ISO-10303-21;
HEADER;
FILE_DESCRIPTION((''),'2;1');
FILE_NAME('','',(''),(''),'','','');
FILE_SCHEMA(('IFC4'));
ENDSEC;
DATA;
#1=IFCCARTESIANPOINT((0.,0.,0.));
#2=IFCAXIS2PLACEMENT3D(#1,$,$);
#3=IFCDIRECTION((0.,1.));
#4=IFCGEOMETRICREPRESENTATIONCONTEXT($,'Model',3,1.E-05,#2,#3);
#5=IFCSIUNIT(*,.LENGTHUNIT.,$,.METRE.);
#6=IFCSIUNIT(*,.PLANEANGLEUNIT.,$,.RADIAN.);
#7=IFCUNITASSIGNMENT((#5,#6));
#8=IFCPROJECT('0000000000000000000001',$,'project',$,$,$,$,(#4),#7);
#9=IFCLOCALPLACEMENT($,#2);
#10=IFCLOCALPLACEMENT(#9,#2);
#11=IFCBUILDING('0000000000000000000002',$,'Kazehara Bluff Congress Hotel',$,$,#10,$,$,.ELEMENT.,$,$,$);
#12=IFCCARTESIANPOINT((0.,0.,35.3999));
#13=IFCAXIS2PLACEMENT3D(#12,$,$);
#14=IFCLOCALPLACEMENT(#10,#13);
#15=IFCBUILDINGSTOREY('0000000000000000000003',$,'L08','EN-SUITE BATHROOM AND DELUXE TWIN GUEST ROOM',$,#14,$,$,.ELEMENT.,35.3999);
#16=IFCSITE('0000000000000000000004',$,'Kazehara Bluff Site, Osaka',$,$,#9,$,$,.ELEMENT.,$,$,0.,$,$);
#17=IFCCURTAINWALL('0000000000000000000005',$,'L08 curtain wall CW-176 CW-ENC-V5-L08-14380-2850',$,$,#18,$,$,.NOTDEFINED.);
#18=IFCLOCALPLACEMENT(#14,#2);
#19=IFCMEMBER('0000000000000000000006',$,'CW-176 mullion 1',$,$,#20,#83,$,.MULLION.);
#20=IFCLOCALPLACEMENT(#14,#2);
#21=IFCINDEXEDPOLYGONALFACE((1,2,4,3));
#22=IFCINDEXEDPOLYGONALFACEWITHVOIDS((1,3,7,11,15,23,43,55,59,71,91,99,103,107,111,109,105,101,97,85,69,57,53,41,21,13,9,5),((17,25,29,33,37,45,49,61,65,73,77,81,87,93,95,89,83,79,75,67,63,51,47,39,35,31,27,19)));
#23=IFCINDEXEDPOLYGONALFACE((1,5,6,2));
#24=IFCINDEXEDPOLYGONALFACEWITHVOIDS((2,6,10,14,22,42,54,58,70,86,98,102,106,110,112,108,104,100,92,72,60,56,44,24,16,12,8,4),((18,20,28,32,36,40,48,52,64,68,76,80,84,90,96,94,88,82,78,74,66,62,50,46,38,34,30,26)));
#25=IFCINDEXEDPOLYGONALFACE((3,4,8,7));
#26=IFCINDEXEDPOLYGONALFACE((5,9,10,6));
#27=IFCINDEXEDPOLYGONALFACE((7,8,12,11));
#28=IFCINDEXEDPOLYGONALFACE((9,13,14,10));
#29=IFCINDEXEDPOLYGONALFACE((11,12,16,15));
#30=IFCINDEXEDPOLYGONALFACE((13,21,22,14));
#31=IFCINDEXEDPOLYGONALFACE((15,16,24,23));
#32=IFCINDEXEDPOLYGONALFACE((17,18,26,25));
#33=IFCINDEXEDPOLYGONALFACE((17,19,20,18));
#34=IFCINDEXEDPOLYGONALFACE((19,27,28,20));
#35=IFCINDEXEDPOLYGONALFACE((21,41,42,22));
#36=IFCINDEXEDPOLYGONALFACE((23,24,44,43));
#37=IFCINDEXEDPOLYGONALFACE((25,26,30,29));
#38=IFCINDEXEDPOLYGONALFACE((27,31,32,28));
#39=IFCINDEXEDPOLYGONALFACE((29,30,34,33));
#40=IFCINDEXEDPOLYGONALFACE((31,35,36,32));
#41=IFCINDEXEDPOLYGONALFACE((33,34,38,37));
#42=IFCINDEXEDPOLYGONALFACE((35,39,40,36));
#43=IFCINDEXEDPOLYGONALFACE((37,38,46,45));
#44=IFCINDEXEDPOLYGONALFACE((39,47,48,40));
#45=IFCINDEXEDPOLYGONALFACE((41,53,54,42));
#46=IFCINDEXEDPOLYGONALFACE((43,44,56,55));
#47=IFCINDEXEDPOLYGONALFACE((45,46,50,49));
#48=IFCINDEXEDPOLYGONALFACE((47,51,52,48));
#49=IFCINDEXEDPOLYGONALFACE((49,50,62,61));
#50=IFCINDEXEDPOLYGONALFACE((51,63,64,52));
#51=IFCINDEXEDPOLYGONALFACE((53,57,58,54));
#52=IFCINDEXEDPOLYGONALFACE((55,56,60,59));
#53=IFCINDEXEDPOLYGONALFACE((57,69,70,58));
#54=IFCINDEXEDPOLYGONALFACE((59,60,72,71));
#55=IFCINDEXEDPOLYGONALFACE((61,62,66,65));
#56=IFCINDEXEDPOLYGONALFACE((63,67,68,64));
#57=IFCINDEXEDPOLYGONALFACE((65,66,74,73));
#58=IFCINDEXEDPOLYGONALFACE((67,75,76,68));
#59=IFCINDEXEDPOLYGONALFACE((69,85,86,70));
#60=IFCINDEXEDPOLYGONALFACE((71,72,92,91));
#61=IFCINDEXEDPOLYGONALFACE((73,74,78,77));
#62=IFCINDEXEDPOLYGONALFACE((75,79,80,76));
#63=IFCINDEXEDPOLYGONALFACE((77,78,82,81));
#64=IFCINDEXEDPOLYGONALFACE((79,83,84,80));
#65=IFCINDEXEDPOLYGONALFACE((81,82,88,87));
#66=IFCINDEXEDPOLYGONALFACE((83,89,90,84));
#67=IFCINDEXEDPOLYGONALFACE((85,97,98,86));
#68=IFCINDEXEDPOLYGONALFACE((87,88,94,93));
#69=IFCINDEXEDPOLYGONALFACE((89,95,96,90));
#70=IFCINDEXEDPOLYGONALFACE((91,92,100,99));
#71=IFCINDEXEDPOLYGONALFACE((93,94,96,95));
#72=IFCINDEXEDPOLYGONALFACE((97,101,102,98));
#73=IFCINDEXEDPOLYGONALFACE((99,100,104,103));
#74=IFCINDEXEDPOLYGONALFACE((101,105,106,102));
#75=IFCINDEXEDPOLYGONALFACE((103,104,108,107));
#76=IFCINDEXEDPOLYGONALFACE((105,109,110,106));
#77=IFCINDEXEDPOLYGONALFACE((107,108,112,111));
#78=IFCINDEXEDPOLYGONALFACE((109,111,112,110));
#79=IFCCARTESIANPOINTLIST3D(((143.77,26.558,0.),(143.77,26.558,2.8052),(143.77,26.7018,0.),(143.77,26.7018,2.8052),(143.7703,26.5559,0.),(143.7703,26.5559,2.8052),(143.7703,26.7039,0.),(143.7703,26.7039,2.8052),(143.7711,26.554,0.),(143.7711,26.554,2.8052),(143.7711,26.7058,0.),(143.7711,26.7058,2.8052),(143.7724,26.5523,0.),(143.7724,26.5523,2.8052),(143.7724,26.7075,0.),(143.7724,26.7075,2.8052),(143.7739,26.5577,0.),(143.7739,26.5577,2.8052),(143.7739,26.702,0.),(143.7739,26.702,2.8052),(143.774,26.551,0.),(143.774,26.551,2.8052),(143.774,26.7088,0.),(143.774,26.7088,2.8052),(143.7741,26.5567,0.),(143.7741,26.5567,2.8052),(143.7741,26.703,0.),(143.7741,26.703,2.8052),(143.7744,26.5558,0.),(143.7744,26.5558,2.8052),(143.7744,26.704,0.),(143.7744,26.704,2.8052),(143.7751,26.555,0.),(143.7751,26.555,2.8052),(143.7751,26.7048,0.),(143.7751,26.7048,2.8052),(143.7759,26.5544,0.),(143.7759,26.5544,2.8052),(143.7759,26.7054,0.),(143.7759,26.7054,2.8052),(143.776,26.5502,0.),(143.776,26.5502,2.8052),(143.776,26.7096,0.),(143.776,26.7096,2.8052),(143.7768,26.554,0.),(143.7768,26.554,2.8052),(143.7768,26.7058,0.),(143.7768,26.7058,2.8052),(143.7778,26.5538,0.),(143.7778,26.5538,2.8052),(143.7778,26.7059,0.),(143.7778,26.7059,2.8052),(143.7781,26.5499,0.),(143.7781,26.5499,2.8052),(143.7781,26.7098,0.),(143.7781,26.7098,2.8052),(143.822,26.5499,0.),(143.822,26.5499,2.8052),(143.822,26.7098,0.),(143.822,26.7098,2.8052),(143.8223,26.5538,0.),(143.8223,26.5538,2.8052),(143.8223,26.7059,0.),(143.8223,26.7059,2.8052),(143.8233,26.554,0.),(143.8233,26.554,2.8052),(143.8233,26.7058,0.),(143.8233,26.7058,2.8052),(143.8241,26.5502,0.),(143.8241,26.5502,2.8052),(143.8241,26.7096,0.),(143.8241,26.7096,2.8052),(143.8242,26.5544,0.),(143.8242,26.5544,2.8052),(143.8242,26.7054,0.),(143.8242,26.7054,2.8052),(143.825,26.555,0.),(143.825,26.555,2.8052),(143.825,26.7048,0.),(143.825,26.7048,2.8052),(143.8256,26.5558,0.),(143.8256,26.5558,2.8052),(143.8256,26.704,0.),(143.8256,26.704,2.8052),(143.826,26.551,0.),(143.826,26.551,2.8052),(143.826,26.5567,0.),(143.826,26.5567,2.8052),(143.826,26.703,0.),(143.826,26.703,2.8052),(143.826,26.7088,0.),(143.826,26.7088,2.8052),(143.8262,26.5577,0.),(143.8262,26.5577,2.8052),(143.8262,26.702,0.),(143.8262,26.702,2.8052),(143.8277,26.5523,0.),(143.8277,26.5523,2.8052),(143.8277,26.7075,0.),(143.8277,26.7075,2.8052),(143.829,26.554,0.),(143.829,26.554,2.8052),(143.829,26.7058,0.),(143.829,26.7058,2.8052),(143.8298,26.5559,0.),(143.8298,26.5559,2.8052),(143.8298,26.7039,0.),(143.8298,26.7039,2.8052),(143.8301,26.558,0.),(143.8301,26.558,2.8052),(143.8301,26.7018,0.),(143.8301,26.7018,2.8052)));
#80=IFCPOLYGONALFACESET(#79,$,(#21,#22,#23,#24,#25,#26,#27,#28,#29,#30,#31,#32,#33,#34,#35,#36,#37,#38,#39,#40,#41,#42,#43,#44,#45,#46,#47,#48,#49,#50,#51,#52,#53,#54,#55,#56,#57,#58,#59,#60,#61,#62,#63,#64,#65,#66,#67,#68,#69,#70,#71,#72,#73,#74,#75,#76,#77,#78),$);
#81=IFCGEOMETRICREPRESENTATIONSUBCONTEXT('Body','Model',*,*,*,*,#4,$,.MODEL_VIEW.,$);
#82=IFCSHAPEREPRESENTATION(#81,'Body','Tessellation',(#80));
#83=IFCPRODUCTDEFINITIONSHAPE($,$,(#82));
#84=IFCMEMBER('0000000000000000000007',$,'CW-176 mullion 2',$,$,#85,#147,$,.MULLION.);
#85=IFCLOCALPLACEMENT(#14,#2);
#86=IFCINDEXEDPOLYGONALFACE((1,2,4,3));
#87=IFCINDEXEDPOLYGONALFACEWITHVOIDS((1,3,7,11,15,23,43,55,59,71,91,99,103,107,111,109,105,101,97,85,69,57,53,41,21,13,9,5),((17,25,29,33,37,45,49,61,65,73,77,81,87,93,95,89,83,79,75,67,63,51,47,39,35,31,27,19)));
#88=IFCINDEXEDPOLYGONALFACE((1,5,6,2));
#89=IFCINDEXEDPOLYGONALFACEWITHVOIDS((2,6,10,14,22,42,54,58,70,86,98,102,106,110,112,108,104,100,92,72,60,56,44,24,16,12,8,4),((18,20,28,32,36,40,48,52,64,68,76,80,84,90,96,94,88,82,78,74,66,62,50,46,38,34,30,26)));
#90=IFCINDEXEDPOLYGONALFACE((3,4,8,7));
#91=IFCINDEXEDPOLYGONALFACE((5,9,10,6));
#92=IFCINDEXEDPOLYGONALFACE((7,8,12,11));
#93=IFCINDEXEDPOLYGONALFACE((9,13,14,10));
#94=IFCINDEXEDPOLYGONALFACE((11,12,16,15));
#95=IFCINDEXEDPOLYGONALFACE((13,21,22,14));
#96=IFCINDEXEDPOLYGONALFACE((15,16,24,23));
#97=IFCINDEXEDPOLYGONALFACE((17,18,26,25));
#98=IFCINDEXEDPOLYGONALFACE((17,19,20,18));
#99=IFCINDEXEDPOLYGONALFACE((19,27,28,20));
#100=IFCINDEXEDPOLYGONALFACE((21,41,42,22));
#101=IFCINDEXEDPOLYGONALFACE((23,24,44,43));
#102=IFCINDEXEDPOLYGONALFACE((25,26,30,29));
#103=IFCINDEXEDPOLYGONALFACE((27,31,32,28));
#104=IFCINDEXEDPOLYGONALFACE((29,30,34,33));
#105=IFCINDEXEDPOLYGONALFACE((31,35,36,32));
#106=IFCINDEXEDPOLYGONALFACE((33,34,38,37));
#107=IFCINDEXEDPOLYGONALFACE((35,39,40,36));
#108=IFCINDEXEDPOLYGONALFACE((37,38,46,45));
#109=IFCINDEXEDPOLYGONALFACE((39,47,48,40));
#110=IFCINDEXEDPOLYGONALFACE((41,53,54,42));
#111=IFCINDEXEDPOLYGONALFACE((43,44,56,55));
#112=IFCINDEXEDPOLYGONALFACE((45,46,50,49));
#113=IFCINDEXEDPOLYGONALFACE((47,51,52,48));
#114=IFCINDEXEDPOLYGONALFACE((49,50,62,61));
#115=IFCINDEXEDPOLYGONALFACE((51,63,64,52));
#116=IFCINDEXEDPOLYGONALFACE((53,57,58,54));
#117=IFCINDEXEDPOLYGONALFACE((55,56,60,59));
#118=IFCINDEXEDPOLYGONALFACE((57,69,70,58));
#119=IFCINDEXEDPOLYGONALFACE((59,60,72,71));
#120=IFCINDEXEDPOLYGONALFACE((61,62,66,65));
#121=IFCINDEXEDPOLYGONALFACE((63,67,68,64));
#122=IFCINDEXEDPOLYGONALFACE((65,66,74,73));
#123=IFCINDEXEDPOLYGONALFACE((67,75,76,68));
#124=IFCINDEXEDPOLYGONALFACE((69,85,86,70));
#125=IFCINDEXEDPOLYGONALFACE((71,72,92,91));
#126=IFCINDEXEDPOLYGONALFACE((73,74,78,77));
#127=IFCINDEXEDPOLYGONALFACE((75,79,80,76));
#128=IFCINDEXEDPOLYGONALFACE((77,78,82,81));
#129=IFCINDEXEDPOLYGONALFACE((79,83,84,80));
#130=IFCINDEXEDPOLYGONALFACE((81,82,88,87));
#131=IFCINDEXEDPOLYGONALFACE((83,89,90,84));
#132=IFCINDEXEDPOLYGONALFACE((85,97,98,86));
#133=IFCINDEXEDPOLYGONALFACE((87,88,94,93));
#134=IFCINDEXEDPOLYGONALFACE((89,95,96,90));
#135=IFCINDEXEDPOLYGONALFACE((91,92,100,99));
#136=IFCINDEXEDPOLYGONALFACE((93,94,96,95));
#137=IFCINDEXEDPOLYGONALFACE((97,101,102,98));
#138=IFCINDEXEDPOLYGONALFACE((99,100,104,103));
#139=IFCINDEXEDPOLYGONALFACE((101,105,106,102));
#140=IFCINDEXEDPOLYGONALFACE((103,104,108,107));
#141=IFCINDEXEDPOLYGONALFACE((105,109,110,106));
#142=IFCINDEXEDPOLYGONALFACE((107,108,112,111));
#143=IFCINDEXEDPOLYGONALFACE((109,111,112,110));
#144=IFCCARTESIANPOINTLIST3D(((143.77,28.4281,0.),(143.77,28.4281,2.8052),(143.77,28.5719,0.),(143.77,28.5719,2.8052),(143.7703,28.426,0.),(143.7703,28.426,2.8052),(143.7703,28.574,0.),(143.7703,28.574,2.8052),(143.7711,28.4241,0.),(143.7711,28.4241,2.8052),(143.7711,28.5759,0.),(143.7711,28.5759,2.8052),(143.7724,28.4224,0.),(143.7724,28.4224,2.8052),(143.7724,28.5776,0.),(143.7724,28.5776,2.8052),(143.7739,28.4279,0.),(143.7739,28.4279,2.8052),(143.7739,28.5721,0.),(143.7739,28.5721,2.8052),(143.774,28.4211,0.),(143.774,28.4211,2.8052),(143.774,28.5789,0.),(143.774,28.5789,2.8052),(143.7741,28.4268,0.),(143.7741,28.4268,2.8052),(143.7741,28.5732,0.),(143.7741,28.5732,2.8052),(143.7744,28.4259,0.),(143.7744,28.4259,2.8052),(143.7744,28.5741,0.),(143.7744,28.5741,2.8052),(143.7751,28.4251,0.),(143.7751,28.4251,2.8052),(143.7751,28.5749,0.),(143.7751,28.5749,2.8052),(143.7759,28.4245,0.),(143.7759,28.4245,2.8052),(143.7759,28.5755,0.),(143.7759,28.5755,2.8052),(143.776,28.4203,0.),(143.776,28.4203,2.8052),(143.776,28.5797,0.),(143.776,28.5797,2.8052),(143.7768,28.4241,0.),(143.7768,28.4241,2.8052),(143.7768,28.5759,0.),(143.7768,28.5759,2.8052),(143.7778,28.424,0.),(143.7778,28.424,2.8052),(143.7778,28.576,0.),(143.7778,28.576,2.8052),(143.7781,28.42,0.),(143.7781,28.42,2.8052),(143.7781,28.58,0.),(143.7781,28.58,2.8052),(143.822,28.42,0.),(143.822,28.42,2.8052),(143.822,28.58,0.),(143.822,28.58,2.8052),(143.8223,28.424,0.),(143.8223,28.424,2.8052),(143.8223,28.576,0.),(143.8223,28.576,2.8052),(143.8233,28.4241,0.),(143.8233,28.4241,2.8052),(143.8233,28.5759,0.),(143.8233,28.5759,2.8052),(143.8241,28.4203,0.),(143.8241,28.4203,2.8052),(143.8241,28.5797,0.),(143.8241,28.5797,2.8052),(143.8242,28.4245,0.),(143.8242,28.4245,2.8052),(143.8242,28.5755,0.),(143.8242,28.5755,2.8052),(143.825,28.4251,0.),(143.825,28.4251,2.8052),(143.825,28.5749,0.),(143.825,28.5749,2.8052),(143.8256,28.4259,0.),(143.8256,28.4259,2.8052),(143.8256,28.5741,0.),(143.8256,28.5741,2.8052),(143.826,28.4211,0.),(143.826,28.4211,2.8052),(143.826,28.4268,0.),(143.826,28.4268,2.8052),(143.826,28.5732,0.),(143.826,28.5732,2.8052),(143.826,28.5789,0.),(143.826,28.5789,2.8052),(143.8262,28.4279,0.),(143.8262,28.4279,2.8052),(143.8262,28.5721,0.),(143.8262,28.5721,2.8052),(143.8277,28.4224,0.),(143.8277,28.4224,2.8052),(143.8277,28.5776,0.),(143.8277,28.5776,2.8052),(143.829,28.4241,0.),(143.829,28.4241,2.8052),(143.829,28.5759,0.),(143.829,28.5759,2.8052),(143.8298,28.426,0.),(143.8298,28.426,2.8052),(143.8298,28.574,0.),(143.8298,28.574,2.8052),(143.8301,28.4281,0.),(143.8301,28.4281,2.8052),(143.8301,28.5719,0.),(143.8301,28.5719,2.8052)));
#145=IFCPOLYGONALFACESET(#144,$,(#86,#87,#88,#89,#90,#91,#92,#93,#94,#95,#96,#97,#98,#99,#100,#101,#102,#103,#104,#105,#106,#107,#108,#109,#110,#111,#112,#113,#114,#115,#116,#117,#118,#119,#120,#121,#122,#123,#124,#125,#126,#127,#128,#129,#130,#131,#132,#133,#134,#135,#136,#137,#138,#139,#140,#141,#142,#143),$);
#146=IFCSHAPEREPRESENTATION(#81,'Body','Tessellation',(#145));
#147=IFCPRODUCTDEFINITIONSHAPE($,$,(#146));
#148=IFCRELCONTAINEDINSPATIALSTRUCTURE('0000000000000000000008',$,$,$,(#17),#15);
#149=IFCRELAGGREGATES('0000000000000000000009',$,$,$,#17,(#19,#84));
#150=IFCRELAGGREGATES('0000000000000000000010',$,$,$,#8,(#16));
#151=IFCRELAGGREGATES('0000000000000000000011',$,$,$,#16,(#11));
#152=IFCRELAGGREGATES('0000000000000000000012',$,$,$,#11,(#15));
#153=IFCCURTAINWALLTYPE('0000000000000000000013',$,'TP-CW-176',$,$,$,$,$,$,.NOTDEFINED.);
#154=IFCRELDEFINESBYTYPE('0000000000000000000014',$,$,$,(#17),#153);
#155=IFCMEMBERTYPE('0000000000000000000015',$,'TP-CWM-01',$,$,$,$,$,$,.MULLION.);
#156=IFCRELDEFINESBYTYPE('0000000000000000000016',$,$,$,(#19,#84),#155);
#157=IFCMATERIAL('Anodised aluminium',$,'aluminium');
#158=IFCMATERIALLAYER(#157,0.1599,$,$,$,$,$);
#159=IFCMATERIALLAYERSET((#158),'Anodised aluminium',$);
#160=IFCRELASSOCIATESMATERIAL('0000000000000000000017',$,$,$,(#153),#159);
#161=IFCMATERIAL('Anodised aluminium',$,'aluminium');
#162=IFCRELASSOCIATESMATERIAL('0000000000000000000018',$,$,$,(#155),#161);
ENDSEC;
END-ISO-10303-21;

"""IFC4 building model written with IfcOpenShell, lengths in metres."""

from ifc_helpers import new_model, si_unit, direction, frame, origin, origin_2d, place, context, subcontext, project, spatial, hollow_rectangle, extrude, material, layer, layer_set, material_profile, profile_set, type_object, element, aggregate, save


model = new_model("IFC4")

# Units and contexts
model_context = context("Model", 3, precision=1e-05, world=origin(), true_north=direction((0.0, 1.0)))
body_context = subcontext(model_context, "Body", "Model", "MODEL_VIEW")
ifc_project = project(units=[si_unit("LENGTHUNIT", "METRE"), si_unit("PLANEANGLEUNIT", "RADIAN")], contexts=[model_context])

# Site, building, storey
site_placement = place(None, origin())
site = spatial("IfcSite", under=ifc_project, at=site_placement, Name="Kazehara Bluff Site, Osaka", CompositionType="ELEMENT", RefElevation=0.0)
building_placement = place(site_placement, origin())
building = spatial("IfcBuilding", under=site, at=building_placement, Name="Kazehara Bluff Congress Hotel", CompositionType="ELEMENT")
storey_placement = place(building_placement, frame((0.0, 0.0, 35.3999)))
storey = spatial("IfcBuildingStorey", under=building, at=storey_placement, Name="L08", Description="EN-SUITE BATHROOM AND DELUXE TWIN GUEST ROOM", CompositionType="ELEMENT", Elevation=35.3999)

# Curtain wall, members
ifc_material_1 = material(Name="Anodised aluminium", Category="aluminium")
ifc_layer_1 = layer(ifc_material_1, 0.1599)
ifc_layer_set_1 = layer_set([ifc_layer_1], Name="Anodised aluminium")
curtain_wall_type = type_object("IfcCurtainWallType", Name="TP-CW-176", PredefinedType="NOTDEFINED", material=ifc_layer_set_1)
curtain_wall_placement = place(storey_placement, origin())
curtain_wall = element("IfcCurtainWall", 1, at=curtain_wall_placement, inside=storey, type_object=curtain_wall_type, Name="L08 curtain wall CW-176 CW-ENC-V5-L08-14380-2850", PredefinedType="NOTDEFINED")
ifc_material_2 = material(Name="Anodised aluminium", Category="aluminium")
ifc_material_profile_1 = material_profile(ifc_material_2, hollow_rectangle(XDim=0.0601, YDim=0.1599, WallThickness=0.0039, InnerFilletRadius=0.0039, OuterFilletRadius=0.0081, at=origin_2d()))
ifc_profile_set_1 = profile_set([ifc_material_profile_1], Name="Anodised aluminium")
member_type_1 = type_object("IfcMemberType", Name="TP-CWM-01", PredefinedType="MULLION", material=ifc_profile_set_1)
member_1_placement = place(storey_placement, frame((143.8, 26.6299, 0.0), z_axis=(0.0, 0.0, 1.0), x_axis=(-1.0, 0.0, 0.0)))
member_1 = element("IfcMember", 2, at=member_1_placement, type_object=member_type_1, Name="CW-176 mullion 1", PredefinedType="MULLION", context=body_context, shape_type="SweptSolid", body=[
    extrude(hollow_rectangle(XDim=0.0601, YDim=0.1599, WallThickness=0.0039, InnerFilletRadius=0.0039, OuterFilletRadius=0.0081, at=origin_2d()), origin(), (0.0, 0.0, 1.0), 2.8052),
])
member_2_placement = place(storey_placement, frame((143.8, 28.5, 0.0), z_axis=(0.0, 0.0, 1.0), x_axis=(-1.0, 0.0, 0.0)))
member_2 = element("IfcMember", 3, at=member_2_placement, type_object=member_type_1, Name="CW-176 mullion 2", PredefinedType="MULLION", context=body_context, shape_type="SweptSolid", body=[
    extrude(hollow_rectangle(XDim=0.0601, YDim=0.1599, WallThickness=0.0039, InnerFilletRadius=0.0039, OuterFilletRadius=0.0081, at=origin_2d()), origin(), (0.0, 0.0, 1.0), 2.8052),
])
aggregate(curtain_wall, [member_1, member_2])

save(model, "model.ifc")
